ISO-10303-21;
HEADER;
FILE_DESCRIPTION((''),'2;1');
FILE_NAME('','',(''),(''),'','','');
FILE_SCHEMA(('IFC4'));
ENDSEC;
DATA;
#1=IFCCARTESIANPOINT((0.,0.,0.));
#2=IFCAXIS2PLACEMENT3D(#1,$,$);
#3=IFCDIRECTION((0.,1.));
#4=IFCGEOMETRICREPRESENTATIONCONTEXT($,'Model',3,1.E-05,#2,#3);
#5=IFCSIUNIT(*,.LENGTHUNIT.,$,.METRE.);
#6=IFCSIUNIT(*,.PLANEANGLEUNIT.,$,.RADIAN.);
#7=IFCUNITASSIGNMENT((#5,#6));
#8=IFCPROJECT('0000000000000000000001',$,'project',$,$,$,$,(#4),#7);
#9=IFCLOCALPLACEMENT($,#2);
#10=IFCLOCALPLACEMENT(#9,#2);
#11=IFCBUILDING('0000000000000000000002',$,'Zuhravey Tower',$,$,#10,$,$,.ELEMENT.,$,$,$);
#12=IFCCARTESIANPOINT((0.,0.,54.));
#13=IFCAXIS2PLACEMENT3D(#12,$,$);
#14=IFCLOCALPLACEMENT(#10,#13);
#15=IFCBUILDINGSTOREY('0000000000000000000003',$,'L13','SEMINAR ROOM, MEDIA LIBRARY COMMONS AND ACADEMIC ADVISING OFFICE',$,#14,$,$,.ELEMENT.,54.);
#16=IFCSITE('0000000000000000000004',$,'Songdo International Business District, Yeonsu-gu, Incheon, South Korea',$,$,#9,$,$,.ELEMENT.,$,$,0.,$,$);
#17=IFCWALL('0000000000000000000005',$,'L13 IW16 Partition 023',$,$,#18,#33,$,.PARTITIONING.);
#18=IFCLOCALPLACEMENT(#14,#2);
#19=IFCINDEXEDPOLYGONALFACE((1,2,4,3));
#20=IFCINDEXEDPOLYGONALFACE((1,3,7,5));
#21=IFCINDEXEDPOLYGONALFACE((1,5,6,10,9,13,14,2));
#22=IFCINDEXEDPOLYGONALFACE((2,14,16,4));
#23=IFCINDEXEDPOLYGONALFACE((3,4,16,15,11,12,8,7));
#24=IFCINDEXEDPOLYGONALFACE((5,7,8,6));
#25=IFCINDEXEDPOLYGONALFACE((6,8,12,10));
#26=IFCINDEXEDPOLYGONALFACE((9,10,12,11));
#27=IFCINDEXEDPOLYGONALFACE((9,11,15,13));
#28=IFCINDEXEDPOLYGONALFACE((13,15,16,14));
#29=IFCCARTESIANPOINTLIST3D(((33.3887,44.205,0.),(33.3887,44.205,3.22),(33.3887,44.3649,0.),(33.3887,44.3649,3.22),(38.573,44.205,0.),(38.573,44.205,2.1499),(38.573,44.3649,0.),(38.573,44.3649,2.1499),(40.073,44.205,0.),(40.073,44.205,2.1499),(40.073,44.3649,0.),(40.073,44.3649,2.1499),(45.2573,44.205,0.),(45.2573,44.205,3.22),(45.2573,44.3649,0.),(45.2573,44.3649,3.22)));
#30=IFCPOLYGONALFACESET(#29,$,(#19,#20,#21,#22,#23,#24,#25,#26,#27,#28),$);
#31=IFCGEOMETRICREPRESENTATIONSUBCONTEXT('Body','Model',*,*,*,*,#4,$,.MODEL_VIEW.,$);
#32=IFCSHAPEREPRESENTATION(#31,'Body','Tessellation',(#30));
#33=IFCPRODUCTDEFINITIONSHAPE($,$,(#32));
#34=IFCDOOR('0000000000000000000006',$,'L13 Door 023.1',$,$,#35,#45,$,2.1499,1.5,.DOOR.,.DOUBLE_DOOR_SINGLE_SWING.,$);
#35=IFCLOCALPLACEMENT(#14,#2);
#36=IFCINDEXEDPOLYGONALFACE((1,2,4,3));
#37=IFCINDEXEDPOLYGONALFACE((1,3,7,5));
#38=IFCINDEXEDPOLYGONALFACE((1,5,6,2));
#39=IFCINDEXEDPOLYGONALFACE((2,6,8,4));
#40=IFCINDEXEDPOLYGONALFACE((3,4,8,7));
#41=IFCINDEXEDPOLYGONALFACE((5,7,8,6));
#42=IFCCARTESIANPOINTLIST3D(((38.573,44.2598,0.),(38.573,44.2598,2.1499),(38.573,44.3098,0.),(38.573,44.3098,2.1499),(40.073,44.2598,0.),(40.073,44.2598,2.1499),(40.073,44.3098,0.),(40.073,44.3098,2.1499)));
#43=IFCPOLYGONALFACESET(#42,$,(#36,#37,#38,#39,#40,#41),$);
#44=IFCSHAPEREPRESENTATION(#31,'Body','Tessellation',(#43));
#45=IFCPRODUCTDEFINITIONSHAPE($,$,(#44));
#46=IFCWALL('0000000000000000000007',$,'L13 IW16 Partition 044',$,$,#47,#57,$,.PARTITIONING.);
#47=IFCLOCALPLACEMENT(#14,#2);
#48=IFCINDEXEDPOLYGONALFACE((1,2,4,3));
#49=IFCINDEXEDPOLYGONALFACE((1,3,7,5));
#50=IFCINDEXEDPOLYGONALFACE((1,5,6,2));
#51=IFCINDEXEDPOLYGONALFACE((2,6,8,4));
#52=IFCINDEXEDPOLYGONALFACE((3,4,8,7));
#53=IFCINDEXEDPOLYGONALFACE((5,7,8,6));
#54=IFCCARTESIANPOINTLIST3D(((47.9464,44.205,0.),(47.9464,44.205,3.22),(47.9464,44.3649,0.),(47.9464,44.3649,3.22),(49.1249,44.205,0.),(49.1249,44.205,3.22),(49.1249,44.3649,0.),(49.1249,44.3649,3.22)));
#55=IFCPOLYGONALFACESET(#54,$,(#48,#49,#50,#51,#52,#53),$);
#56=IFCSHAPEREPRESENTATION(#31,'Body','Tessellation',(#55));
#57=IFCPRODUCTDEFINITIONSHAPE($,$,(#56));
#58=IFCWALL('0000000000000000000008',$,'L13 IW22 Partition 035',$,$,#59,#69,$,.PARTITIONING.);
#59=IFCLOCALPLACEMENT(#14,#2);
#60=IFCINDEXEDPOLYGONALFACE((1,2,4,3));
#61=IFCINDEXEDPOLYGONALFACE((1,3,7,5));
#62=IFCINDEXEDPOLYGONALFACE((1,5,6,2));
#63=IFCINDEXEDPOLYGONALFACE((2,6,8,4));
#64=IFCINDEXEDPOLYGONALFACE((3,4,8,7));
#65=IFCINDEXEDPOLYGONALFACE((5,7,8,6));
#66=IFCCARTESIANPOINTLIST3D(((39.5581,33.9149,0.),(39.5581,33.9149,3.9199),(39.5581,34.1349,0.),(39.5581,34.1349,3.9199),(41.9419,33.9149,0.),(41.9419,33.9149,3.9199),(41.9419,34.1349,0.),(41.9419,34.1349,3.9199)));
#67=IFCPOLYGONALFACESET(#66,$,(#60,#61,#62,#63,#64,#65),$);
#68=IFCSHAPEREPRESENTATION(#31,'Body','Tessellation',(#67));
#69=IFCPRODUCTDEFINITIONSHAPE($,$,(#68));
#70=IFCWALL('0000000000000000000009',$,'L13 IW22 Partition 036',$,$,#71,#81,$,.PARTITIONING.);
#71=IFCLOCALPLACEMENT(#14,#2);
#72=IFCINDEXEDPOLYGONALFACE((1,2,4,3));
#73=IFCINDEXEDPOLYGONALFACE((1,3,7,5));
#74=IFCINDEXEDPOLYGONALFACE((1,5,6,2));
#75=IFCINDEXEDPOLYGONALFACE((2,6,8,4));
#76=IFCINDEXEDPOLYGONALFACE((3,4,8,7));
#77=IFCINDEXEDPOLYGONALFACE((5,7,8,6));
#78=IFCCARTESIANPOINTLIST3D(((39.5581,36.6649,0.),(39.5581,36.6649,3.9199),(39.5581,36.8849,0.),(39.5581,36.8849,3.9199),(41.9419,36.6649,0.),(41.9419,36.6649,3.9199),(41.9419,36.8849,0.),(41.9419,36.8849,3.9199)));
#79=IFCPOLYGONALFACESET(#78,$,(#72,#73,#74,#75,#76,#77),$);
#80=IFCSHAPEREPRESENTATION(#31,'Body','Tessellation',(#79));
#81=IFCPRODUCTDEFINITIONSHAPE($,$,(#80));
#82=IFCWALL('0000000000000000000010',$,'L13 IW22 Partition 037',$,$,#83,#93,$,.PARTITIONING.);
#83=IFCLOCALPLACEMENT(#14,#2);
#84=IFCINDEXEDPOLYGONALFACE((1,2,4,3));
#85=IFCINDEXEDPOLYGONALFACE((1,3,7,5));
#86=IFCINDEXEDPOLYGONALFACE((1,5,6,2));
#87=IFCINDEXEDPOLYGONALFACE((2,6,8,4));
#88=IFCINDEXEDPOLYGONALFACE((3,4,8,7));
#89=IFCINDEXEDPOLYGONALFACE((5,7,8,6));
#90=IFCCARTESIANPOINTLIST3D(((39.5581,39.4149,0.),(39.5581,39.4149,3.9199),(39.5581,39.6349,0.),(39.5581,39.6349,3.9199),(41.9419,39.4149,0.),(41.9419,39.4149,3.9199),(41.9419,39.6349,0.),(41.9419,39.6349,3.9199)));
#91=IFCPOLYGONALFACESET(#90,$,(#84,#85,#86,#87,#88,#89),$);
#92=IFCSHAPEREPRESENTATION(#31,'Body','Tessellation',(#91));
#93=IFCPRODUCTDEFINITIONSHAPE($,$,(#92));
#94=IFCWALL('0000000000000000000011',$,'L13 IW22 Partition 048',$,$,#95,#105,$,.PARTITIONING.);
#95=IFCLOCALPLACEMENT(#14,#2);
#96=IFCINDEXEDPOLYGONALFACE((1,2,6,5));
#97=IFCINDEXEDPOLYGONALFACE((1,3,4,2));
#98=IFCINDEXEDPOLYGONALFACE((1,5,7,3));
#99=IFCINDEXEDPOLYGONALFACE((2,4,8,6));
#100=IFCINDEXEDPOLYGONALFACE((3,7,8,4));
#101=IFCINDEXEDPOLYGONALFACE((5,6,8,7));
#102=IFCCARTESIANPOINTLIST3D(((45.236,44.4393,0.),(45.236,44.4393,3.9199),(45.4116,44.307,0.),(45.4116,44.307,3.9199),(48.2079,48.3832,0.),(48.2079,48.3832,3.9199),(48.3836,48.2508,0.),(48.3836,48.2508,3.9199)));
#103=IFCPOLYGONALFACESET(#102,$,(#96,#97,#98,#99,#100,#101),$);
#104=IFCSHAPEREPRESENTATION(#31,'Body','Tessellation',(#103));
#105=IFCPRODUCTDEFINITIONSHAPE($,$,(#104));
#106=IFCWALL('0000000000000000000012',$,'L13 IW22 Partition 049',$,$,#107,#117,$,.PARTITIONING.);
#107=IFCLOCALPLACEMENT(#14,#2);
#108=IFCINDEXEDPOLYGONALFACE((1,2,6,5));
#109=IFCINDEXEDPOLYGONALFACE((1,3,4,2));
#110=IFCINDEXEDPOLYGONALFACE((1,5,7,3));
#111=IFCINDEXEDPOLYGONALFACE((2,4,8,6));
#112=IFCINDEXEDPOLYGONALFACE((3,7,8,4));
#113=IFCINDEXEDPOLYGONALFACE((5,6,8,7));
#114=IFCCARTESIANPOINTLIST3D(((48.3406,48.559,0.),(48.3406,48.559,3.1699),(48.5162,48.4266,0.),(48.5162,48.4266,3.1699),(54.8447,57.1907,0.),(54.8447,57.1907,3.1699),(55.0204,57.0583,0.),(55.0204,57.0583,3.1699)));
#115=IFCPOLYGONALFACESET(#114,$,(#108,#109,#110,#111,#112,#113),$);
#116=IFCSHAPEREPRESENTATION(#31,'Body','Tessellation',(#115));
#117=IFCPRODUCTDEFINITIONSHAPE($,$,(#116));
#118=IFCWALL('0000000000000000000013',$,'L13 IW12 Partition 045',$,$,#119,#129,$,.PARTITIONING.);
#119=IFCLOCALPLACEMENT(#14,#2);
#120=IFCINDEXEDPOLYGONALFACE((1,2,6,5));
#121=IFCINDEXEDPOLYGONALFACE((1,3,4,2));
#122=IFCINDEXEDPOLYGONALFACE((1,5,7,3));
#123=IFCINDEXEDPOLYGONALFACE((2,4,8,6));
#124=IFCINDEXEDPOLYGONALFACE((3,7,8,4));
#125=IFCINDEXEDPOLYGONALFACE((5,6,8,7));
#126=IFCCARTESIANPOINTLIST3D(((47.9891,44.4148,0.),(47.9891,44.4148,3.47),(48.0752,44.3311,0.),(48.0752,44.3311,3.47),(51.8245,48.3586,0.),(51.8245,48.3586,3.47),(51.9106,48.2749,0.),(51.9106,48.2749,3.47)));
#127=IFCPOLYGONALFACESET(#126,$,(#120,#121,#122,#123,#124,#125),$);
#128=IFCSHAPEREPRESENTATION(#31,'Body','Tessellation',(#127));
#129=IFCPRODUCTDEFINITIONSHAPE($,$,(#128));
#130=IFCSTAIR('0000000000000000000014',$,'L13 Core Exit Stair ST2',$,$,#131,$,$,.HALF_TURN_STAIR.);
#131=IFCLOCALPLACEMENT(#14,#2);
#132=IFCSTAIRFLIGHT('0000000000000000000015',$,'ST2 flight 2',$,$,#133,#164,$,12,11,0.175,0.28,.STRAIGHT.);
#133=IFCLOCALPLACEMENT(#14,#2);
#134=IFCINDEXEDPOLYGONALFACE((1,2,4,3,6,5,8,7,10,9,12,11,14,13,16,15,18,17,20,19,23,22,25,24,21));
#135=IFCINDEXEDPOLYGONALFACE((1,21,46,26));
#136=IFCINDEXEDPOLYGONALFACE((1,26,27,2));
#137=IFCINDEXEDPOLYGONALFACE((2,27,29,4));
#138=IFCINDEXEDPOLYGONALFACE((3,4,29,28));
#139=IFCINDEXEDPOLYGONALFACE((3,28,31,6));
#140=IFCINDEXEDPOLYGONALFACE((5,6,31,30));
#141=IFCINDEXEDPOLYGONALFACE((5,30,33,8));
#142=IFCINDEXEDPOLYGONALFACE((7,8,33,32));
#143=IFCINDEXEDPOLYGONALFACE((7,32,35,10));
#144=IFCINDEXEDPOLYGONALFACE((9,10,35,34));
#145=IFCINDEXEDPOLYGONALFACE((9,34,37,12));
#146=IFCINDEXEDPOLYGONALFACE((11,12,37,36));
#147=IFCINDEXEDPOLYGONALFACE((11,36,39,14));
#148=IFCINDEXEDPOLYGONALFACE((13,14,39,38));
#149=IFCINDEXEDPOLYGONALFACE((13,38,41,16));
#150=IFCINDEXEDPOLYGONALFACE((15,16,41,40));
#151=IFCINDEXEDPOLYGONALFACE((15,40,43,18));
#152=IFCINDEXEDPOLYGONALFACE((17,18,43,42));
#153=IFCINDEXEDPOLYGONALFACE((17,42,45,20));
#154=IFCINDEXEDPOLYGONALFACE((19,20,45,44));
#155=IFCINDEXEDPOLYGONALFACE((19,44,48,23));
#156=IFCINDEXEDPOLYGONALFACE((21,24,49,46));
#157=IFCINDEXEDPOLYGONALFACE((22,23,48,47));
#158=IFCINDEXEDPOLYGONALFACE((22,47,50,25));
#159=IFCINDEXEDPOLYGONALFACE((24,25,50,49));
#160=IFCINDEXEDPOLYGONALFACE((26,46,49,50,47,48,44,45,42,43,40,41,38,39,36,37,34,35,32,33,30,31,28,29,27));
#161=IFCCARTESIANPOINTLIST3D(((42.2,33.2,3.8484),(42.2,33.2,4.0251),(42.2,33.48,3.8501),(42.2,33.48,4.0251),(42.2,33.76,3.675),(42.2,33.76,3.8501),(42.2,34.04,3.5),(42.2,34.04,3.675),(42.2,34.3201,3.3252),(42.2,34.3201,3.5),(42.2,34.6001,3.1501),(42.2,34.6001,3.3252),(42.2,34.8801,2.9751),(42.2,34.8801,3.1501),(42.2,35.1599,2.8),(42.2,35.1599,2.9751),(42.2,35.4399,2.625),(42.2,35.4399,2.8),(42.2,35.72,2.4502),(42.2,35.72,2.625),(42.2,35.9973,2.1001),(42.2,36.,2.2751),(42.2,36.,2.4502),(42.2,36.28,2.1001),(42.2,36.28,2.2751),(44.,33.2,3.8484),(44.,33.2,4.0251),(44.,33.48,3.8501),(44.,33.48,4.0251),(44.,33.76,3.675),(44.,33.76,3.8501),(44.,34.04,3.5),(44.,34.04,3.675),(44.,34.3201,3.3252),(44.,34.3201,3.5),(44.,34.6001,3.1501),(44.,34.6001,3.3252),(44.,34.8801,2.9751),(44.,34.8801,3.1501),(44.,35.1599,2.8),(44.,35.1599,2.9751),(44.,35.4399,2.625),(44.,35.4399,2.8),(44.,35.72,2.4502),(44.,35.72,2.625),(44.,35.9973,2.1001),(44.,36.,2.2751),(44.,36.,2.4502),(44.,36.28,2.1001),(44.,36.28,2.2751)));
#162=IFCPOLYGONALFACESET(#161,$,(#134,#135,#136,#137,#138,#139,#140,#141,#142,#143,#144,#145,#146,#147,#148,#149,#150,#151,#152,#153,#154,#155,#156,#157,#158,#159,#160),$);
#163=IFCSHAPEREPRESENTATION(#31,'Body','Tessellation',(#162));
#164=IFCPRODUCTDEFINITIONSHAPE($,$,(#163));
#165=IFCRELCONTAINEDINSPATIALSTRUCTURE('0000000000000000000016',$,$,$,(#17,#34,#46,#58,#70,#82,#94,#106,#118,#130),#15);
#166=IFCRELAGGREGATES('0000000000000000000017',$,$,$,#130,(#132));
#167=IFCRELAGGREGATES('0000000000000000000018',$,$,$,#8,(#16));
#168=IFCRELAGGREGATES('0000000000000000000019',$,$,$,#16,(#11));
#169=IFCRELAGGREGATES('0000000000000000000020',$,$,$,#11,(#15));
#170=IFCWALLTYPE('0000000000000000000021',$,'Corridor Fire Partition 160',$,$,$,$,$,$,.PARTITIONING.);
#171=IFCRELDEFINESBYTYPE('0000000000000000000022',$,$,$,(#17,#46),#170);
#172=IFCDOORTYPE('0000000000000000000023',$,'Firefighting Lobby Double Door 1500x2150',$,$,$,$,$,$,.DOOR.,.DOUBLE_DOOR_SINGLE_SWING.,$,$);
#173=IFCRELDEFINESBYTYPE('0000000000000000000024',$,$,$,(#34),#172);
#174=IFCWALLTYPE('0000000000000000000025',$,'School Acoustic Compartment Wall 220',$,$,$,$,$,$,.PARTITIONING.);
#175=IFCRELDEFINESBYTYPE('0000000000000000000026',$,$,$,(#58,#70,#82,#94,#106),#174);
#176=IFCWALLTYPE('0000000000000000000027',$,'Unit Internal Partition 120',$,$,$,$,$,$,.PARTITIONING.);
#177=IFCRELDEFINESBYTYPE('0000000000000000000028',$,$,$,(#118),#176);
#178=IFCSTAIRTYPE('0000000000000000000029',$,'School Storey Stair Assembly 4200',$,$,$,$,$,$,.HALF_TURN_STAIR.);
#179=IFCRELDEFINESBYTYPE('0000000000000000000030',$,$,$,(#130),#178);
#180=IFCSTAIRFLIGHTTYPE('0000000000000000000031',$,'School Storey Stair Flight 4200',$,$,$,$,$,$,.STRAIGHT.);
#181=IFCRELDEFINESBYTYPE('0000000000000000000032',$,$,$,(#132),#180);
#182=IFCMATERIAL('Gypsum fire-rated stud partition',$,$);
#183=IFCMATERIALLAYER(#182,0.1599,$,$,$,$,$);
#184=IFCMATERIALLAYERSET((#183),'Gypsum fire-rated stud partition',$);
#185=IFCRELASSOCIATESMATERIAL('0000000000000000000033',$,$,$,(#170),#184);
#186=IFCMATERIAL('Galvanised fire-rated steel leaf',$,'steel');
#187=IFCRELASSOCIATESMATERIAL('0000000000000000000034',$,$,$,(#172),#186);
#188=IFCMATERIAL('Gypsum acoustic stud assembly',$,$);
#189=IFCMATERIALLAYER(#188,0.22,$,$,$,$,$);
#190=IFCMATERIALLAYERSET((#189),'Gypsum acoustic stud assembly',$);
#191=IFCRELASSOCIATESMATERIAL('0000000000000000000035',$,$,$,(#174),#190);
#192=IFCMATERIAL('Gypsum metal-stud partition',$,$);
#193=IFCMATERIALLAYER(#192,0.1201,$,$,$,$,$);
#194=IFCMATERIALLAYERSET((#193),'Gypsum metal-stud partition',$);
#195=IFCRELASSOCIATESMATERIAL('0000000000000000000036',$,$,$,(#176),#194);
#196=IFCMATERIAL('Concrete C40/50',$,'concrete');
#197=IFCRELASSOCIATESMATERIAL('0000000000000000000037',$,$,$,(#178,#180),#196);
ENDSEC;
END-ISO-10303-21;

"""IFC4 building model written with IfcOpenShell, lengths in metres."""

from ifc_helpers import new_model, si_unit, direction, frame, frame_2d, origin, place, context, subcontext, project, spatial, polyline, rectangle, outline, extrude, material, layer, layer_set, type_object, element, fill, aggregate, save


model = new_model("IFC4")

# Units and contexts
model_context = context("Model", 3, precision=1e-05, world=origin(), true_north=direction((0.0, 1.0)))
body_context = subcontext(model_context, "Body", "Model", "MODEL_VIEW")
ifc_project = project(units=[si_unit("LENGTHUNIT", "METRE"), si_unit("PLANEANGLEUNIT", "RADIAN")], contexts=[model_context])

# Site, building, storey
site_placement = place(None, origin())
site = spatial("IfcSite", under=ifc_project, at=site_placement, Name="Songdo International Business District, Yeonsu-gu, Incheon, South Korea", CompositionType="ELEMENT", RefElevation=0.0)
building_placement = place(site_placement, origin())
building = spatial("IfcBuilding", under=site, at=building_placement, Name="Zuhravey Tower", CompositionType="ELEMENT")
storey_placement = place(building_placement, frame((0.0, 0.0, 54.0)))
storey = spatial("IfcBuildingStorey", under=building, at=storey_placement, Name="L13", Description="SEMINAR ROOM, MEDIA LIBRARY COMMONS AND ACADEMIC ADVISING OFFICE", CompositionType="ELEMENT", Elevation=54.0)

# Wall, opening, door
ifc_material_1 = material(Name="Galvanised fire-rated steel leaf", Category="steel")
ifc_material_2 = material(Name="Gypsum fire-rated stud partition")
ifc_layer_1 = layer(ifc_material_2, 0.1599)
ifc_layer_set_1 = layer_set([ifc_layer_1], Name="Gypsum fire-rated stud partition")
wall_type_1 = type_object("IfcWallType", Name="Corridor Fire Partition 160", PredefinedType="PARTITIONING", material=ifc_layer_set_1)
wall_1_placement = place(storey_placement, frame((45.2573, 44.2849, 0.0), z_axis=(0.0, 0.0, 1.0), x_axis=(-1.0, 0.0, 0.0)))
wall_1 = element("IfcWall", 1, at=wall_1_placement, inside=storey, type_object=wall_type_1, Name="L13 IW16 Partition 023", PredefinedType="PARTITIONING", context=body_context, shape_type="SweptSolid", body=[
    extrude(rectangle(XDim=11.8687, YDim=0.1599, at=frame_2d((5.9343, 0.0))), origin(), (0.0, 0.0, 1.0), 3.22),
])
opening_1_placement = place(wall_1_placement, frame((5.1843, 0.0, 0.0)))
opening_1 = element("IfcOpeningElement", 2, at=opening_1_placement, cuts=wall_1, PredefinedType="OPENING", context=body_context, shape_type="SweptSolid", body=[
    extrude(rectangle(XDim=1.5, YDim=2.1499, at=frame_2d((0.75, 1.075))), frame((0.0, 0.092, 0.0), z_axis=(0.0, -1.0, 0.0), x_axis=(1.0, 0.0, 0.0)), (0.0, 0.0, 1.0), 0.1838),
])
door_type_1 = type_object("IfcDoorType", Name="Firefighting Lobby Double Door 1500x2150", OperationType="DOUBLE_DOOR_SINGLE_SWING", PredefinedType="DOOR", material=ifc_material_1)
door_1_placement = place(opening_1_placement, frame((1.5, 0.0, 0.0), z_axis=(0.0, 0.0, 1.0), x_axis=(-1.0, 0.0, 0.0)))
door_1 = element("IfcDoor", 3, at=door_1_placement, inside=storey, type_object=door_type_1, Name="L13 Door 023.1", OperationType="DOUBLE_DOOR_SINGLE_SWING", OverallHeight=2.1499, OverallWidth=1.5, PredefinedType="DOOR", context=body_context, shape_type="SweptSolid", body=[
    extrude(rectangle(XDim=1.5, YDim=2.1499, at=frame_2d((0.75, 1.075))), frame((0.0, 0.0249, 0.0), z_axis=(0.0, -1.0, 0.0), x_axis=(1.0, 0.0, 0.0)), (0.0, 0.0, 1.0), 0.05),
])
fill(opening_1, door_1)

# Wall
wall_2_placement = place(storey_placement, frame((49.125, 44.2849, 0.0), z_axis=(0.0, 0.0, 1.0), x_axis=(-1.0, 0.0, 0.0)))
element("IfcWall", 4, at=wall_2_placement, inside=storey, type_object=wall_type_1, Name="L13 IW16 Partition 044", PredefinedType="PARTITIONING", context=body_context, shape_type="SweptSolid", body=[
    extrude(rectangle(XDim=1.1785, YDim=0.1599, at=frame_2d((0.5894, 0.0))), origin(), (0.0, 0.0, 1.0), 3.22),
])

# Walls
ifc_material_3 = material(Name="Gypsum acoustic stud assembly")
ifc_layer_2 = layer(ifc_material_3, 0.22)
ifc_layer_set_2 = layer_set([ifc_layer_2], Name="Gypsum acoustic stud assembly")
wall_type_2 = type_object("IfcWallType", Name="School Acoustic Compartment Wall 220", PredefinedType="PARTITIONING", material=ifc_layer_set_2)
for number, where, z_axis, x_axis, name in (
    (5, (39.5581, 34.0249, 0.0), (0.0, 0.0, 1.0), (1.0, 0.0, 0.0), "L13 IW22 Partition 035"),
    (6, (39.5581, 36.7749, 0.0), (0.0, 0.0, 1.0), (1.0, 0.0, 0.0), "L13 IW22 Partition 036"),
    (7, (39.5581, 39.5249, 0.0), (0.0, 0.0, 1.0), (1.0, 0.0, 0.0), "L13 IW22 Partition 037"),
):
    element("IfcWall", number, at=place(storey_placement, frame(where, z_axis=z_axis, x_axis=x_axis)), inside=storey, type_object=wall_type_2, Name=name, PredefinedType="PARTITIONING", context=body_context, shape_type="SweptSolid", body=[
        extrude(rectangle(XDim=2.3838, YDim=0.22, at=frame_2d((1.1919, 0.0))), origin(), (0.0, 0.0, 1.0), 3.9199),
    ])
wall_3_placement = place(storey_placement, frame((45.3237, 44.373, 0.0), z_axis=(0.0, 0.0, 1.0), x_axis=(0.601818, 0.798633, 0.0)))
element("IfcWall", 8, at=wall_3_placement, inside=storey, type_object=wall_type_2, Name="L13 IW22 Partition 048", PredefinedType="PARTITIONING", context=body_context, shape_type="SweptSolid", body=[
    extrude(rectangle(XDim=4.9382, YDim=0.22, at=frame_2d((2.4692, 0.0))), origin(), (0.0, 0.0, 1.0), 3.9199),
])
wall_4_placement = place(storey_placement, frame((48.4285, 48.4929, 0.0), z_axis=(0.0, 0.0, 1.0), x_axis=(0.601802, 0.798645, 0.0)))
element("IfcWall", 9, at=wall_4_placement, inside=storey, type_object=wall_type_2, Name="L13 IW22 Partition 049", PredefinedType="PARTITIONING", context=body_context, shape_type="SweptSolid", body=[
    extrude(rectangle(XDim=10.8079, YDim=0.22, at=frame_2d((5.4038, 0.0))), origin(), (0.0, 0.0, 1.0), 3.1699),
])
ifc_material_4 = material(Name="Gypsum metal-stud partition")
ifc_layer_3 = layer(ifc_material_4, 0.1201)
ifc_layer_set_3 = layer_set([ifc_layer_3], Name="Gypsum metal-stud partition")
wall_type_3 = type_object("IfcWallType", Name="Unit Internal Partition 120", PredefinedType="PARTITIONING", material=ifc_layer_set_3)
wall_5_placement = place(storey_placement, frame((48.0322, 44.373, 0.0), z_axis=(0.0, 0.0, 1.0), x_axis=(0.697186, 0.71689, 0.0)))
element("IfcWall", 10, at=wall_5_placement, inside=storey, type_object=wall_type_3, Name="L13 IW12 Partition 045", PredefinedType="PARTITIONING", context=body_context, shape_type="SweptSolid", body=[
    extrude(rectangle(XDim=5.5012, YDim=0.1201, at=frame_2d((2.7505, 0.0))), origin(), (0.0, 0.0, 1.0), 3.47),
])

# Stair, stair flight
ifc_material_5 = material(Name="Concrete C40/50", Category="concrete")
stair_type = type_object("IfcStairType", Name="School Storey Stair Assembly 4200", PredefinedType="HALF_TURN_STAIR", material=ifc_material_5)
stair_placement = place(storey_placement, origin())
stair = element("IfcStair", 11, at=stair_placement, inside=storey, type_object=stair_type, Name="L13 Core Exit Stair ST2", PredefinedType="HALF_TURN_STAIR")
stair_flight_type = type_object("IfcStairFlightType", Name="School Storey Stair Flight 4200", PredefinedType="STRAIGHT", material=ifc_material_5)
stair_flight_placement = place(storey_placement, frame((43.1001, 36.28, 2.1001), z_axis=(0.0, 0.0, 1.0), x_axis=(0.0, -1.0, 0.0)))
stair_flight = element("IfcStairFlight", 12, at=stair_flight_placement, type_object=stair_flight_type, Name="ST2 flight 2", NumberOfRisers=12, NumberOfTreads=11, PredefinedType="STRAIGHT", RiserHeight=0.175, TreadLength=0.28, context=body_context, shape_type="SweptSolid", body=[
    extrude(outline(polyline([(0.0, 0.0), (0.0, 0.175), (0.28, 0.175), (0.28, 0.3501), (0.5601, 0.3501), (0.5601, 0.5249), (0.8401, 0.5249), (0.8401, 0.7), (1.1201, 0.7), (1.1201, 0.875), (1.3999, 0.875), (1.3999, 1.05), (1.6799, 1.05), (1.6799, 1.2251), (1.96, 1.2251), (1.96, 1.3999), (2.24, 1.3999), (2.24, 1.575), (2.52, 1.575), (2.52, 1.75), (2.8, 1.75), (2.8, 1.925), (3.0801, 1.925), (3.0801, 2.1001), (3.0801, 1.7483), (0.2827, 0.0), (0.0, 0.0)])), frame((0.0, 0.8999, 0.0), z_axis=(0.0, -1.0, 0.0), x_axis=(1.0, 0.0, 0.0)), (0.0, 0.0, 1.0), 1.8),
])
aggregate(stair, [stair_flight])

save(model, "model.ifc")
